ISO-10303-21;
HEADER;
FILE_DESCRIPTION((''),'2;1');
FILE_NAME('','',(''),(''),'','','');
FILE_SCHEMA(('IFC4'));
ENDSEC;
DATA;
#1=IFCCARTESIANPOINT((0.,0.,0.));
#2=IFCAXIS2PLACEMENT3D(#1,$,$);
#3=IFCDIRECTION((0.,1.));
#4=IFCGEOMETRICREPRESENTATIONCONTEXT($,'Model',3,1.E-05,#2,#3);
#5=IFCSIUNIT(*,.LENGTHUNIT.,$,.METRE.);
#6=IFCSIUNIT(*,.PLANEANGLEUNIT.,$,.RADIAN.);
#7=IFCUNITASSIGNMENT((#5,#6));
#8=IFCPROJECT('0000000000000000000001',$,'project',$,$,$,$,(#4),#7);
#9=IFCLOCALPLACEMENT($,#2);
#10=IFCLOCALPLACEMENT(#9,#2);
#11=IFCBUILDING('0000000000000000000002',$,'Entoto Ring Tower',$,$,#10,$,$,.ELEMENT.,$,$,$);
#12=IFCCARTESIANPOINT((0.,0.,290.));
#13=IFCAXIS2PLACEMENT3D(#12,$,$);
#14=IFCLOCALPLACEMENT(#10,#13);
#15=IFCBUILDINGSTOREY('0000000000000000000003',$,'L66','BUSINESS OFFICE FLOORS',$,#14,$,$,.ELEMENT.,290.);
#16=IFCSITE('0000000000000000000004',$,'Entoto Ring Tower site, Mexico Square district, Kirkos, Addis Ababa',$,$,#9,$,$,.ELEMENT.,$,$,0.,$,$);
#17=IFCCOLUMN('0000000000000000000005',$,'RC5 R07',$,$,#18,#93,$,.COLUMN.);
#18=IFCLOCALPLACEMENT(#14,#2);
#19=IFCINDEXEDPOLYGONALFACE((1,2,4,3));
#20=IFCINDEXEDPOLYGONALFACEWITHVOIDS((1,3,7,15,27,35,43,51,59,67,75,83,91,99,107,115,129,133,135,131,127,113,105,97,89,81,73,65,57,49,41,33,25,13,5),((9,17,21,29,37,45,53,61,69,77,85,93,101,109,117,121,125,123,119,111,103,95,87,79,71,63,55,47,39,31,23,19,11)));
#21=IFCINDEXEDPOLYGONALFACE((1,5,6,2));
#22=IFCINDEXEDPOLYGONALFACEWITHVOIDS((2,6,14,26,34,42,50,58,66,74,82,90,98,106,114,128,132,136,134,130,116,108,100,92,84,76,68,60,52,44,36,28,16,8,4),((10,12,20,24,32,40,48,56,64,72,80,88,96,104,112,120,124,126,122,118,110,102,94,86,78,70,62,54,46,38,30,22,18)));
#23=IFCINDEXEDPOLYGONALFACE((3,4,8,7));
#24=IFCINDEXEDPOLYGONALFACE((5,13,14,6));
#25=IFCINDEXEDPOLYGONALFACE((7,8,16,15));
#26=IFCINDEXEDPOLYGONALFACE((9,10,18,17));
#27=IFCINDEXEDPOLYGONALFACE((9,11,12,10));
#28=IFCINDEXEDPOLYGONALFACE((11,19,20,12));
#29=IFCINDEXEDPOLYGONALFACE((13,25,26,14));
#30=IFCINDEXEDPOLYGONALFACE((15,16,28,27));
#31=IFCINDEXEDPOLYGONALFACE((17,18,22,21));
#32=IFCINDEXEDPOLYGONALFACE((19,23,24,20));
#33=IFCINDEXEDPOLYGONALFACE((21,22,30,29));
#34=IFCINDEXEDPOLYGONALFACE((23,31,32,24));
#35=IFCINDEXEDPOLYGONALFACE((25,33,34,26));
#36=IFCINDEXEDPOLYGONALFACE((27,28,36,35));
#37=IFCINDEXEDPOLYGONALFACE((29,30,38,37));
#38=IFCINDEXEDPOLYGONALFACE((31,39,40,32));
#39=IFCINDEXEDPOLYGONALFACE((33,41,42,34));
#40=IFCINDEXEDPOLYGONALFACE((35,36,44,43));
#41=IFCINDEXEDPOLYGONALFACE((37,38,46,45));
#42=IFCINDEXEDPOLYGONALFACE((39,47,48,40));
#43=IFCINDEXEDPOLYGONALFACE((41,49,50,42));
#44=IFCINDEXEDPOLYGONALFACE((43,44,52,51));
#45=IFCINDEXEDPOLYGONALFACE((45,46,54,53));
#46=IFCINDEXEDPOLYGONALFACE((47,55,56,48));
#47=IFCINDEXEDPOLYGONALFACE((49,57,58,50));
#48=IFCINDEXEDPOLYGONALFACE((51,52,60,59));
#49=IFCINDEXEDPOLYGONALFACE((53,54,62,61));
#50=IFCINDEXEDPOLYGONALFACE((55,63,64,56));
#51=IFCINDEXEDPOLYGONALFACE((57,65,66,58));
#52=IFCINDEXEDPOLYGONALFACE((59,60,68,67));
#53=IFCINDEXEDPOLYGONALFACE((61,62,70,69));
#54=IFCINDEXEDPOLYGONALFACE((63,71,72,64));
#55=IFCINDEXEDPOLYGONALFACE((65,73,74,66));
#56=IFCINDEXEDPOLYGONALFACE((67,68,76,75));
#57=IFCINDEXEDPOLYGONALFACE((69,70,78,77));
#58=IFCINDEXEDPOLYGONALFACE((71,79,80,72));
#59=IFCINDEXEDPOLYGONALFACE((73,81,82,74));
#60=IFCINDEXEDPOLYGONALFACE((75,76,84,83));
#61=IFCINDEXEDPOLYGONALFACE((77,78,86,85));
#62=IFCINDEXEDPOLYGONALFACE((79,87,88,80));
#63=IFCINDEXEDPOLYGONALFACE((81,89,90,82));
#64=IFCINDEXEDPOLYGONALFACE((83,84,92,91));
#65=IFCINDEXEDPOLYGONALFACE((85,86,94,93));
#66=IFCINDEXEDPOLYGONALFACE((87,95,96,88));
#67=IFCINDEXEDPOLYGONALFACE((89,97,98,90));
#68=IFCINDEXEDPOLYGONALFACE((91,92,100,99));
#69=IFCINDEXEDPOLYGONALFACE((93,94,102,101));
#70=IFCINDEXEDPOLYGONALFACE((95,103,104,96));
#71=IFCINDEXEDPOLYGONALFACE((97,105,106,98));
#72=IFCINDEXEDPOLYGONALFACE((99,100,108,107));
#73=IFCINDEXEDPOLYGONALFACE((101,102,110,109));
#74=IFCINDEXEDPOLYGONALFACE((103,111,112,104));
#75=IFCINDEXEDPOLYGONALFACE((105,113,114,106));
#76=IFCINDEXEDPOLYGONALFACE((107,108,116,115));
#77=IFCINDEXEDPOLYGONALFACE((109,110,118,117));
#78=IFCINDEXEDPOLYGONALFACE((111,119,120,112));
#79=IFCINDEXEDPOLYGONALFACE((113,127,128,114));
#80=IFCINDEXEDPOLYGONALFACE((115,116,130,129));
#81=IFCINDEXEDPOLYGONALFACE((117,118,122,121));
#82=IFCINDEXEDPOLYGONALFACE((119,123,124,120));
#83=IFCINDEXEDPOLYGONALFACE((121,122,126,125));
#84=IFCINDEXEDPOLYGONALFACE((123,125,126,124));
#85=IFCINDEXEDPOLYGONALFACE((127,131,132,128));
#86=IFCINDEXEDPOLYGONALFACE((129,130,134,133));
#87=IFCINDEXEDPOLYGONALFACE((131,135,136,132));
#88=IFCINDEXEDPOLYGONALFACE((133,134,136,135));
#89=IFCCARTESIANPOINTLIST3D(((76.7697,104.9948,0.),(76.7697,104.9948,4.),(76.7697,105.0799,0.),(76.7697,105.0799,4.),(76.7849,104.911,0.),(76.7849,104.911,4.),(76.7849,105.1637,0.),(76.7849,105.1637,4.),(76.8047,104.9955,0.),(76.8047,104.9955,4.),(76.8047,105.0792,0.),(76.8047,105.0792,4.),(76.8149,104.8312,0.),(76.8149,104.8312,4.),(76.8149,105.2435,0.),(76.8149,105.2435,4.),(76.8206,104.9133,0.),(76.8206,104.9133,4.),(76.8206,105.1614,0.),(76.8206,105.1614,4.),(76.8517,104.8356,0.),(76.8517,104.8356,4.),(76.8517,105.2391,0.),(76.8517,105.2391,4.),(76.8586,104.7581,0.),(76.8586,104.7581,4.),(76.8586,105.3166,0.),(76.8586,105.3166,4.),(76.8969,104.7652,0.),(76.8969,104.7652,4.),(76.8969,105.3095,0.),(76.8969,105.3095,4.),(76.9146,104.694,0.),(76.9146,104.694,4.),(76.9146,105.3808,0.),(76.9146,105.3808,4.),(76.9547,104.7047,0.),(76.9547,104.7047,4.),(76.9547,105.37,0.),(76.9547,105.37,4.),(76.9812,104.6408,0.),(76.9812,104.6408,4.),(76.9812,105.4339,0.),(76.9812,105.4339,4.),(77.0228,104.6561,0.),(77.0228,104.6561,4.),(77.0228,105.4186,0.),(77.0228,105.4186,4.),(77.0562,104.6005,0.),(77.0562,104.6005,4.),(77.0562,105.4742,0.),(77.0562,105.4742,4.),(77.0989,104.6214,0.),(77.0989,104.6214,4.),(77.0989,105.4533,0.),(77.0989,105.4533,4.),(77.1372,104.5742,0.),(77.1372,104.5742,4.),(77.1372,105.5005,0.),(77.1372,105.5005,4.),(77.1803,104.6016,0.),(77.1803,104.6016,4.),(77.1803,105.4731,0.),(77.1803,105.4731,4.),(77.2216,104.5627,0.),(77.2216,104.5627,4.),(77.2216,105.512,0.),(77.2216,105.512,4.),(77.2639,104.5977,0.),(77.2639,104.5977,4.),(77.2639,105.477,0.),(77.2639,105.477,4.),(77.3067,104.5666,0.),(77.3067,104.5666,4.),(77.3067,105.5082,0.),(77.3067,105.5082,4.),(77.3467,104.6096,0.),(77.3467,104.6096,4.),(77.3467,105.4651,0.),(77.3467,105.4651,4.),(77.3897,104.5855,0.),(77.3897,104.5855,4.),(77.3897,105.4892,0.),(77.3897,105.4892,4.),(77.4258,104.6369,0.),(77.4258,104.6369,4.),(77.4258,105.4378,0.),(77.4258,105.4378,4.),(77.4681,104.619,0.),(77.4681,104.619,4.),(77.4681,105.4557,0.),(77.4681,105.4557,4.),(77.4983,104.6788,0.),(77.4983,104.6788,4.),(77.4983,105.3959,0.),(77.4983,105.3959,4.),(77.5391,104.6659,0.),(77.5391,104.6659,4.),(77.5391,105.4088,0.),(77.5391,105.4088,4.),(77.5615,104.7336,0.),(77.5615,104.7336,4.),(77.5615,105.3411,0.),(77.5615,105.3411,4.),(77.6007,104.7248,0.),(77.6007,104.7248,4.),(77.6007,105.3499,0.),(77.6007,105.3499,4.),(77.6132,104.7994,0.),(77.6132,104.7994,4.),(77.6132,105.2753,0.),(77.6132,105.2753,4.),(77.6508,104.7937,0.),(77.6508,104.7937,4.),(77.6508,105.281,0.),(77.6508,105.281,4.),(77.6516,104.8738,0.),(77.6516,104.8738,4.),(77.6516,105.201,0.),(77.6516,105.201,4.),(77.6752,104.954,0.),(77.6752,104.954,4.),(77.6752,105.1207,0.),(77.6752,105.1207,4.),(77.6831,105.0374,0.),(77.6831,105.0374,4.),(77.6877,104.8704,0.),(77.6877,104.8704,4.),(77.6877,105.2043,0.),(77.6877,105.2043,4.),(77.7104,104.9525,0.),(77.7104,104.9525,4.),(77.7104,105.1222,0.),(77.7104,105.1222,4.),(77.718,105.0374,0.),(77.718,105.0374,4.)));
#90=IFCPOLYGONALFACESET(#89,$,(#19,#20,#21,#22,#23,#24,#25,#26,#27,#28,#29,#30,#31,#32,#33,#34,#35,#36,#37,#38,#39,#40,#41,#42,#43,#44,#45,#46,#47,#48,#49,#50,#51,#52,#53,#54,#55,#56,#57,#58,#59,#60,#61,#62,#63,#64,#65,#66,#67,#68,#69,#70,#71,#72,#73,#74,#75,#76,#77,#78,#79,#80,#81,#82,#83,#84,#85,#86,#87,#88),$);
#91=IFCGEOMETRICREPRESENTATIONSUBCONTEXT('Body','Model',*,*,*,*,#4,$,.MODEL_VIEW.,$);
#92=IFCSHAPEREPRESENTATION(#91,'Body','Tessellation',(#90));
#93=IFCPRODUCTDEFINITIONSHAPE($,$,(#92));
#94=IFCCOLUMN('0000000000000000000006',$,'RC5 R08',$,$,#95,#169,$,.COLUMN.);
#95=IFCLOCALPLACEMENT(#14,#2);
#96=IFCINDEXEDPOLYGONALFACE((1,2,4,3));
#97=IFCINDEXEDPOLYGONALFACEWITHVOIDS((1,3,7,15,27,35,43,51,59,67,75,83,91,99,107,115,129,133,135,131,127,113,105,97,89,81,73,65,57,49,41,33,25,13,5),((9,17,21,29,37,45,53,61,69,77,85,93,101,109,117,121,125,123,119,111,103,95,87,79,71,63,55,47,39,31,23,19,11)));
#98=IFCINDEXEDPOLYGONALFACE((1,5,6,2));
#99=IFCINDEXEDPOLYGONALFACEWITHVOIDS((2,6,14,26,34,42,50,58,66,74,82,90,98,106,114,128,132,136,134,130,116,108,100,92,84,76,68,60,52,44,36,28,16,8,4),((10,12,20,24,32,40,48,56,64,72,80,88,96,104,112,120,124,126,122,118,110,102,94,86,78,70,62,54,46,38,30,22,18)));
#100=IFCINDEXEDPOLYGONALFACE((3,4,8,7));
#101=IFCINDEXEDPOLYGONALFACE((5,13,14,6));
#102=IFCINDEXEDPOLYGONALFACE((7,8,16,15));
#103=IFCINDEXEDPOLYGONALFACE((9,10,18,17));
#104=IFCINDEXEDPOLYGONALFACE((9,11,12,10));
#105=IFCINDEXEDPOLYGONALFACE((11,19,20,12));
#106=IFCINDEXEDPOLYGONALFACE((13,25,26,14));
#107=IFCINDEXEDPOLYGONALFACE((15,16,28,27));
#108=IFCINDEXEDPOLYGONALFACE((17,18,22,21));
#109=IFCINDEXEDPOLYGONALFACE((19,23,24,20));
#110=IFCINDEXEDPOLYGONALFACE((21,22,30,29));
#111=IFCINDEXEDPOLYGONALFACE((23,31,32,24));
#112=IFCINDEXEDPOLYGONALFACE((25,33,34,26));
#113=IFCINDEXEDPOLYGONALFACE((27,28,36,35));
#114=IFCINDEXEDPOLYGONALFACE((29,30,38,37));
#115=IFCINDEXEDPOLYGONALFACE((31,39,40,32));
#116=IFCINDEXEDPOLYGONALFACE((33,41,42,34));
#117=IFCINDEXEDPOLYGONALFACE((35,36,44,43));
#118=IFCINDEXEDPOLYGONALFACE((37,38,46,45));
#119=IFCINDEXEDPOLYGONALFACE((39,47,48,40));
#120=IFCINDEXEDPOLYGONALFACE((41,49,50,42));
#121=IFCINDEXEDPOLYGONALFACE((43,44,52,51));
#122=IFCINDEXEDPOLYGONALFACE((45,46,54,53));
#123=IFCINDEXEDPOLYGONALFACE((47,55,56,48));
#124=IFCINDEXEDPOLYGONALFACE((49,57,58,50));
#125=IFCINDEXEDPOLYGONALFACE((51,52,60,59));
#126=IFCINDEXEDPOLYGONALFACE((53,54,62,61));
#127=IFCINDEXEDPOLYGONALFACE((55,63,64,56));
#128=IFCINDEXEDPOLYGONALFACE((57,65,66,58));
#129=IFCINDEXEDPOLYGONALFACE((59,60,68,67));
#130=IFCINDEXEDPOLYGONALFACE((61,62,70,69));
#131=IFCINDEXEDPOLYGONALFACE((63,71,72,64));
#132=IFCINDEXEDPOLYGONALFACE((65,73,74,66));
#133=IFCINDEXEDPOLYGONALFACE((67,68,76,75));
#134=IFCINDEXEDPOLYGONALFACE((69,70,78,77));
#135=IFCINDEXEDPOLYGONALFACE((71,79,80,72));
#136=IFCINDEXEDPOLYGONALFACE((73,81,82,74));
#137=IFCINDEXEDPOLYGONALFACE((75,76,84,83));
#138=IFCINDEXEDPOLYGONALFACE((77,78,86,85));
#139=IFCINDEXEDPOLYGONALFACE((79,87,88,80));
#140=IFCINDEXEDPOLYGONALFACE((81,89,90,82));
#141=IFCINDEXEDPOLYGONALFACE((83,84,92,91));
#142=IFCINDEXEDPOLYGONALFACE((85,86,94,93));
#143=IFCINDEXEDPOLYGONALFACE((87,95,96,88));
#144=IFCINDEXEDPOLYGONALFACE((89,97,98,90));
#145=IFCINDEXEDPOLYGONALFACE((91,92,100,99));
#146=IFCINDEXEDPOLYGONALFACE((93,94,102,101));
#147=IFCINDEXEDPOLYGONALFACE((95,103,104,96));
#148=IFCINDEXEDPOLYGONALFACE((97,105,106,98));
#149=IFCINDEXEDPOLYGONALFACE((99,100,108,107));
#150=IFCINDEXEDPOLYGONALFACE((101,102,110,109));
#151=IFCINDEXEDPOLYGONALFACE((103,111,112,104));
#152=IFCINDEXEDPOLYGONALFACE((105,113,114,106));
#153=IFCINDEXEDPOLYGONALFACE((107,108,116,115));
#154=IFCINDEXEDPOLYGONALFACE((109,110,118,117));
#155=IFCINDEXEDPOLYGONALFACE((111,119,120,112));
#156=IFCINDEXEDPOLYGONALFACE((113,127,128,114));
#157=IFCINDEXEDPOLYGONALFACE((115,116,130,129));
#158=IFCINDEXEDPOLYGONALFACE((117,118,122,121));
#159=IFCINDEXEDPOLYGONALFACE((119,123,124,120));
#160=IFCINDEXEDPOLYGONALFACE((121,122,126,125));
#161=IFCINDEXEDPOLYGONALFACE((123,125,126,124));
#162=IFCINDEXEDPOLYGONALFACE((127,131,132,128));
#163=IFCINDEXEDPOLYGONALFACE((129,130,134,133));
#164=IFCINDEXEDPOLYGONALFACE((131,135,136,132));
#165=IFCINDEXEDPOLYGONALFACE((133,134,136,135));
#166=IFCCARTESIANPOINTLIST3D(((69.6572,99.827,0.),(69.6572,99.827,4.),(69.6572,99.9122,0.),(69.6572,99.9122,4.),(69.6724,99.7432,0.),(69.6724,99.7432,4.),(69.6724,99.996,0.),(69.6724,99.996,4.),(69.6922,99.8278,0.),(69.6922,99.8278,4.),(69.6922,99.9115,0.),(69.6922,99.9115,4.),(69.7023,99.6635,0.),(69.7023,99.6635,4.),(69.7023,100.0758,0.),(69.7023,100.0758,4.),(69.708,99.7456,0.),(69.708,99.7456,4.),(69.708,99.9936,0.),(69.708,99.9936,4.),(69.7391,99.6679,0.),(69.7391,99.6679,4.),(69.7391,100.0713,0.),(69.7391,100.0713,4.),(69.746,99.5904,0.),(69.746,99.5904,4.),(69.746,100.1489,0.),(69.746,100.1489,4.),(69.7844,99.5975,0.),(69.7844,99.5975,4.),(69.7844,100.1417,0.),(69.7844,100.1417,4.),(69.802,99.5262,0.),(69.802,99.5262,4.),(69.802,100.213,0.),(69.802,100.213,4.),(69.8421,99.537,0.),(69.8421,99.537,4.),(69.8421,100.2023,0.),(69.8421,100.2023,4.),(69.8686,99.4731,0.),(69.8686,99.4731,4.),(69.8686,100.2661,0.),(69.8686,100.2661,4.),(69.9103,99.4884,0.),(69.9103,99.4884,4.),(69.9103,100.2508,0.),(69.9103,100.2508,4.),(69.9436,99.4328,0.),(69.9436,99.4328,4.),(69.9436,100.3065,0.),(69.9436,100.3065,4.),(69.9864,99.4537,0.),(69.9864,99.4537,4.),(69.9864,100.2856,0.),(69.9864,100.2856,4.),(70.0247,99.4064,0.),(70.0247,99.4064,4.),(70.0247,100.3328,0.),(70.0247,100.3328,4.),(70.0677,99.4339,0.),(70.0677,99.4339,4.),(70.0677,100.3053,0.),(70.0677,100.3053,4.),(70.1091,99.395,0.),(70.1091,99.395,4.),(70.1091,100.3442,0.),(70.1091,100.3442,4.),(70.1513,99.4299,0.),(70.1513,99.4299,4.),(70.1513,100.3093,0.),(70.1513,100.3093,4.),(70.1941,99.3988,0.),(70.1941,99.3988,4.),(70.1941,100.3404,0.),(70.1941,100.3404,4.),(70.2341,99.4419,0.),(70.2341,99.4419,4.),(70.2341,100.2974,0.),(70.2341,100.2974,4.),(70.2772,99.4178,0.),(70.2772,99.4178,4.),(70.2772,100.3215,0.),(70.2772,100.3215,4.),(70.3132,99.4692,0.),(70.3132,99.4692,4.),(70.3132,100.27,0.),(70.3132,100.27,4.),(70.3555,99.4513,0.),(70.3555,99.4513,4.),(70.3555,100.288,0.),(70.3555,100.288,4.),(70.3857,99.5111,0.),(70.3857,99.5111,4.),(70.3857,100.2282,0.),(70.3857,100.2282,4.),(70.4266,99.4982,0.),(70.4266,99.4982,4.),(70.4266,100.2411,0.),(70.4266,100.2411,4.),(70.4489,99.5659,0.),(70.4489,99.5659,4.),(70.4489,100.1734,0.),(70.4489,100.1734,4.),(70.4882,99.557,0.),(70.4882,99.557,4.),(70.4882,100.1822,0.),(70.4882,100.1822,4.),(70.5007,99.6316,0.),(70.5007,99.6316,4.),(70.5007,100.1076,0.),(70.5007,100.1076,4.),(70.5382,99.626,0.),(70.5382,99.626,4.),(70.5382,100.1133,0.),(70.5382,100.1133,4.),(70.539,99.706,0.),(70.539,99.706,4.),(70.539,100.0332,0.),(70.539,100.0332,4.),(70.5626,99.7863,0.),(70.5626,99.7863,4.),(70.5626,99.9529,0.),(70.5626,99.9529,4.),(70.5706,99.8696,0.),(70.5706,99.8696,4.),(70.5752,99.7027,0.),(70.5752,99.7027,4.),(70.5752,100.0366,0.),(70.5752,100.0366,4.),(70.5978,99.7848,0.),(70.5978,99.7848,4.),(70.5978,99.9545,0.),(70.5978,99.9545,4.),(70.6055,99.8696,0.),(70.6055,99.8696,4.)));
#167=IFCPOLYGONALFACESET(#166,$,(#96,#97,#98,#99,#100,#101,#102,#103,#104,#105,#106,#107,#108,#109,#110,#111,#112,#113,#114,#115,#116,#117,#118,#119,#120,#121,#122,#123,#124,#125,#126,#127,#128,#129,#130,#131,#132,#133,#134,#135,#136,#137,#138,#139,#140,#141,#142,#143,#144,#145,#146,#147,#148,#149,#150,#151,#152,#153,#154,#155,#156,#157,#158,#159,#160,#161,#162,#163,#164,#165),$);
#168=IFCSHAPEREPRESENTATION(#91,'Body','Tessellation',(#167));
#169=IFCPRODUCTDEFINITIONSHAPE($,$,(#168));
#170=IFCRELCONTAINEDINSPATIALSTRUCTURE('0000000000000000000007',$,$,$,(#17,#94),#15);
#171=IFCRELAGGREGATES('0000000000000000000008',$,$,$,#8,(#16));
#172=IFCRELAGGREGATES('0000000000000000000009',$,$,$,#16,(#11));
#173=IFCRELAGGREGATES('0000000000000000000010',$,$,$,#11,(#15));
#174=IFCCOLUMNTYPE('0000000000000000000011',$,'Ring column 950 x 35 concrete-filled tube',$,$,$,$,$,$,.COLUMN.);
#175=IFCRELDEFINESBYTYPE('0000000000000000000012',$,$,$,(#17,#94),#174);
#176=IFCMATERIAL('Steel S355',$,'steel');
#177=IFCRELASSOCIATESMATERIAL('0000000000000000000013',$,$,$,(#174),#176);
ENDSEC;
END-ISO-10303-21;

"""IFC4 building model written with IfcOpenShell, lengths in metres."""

from ifc_helpers import new_model, si_unit, direction, frame, origin, origin_2d, place, context, subcontext, project, spatial, circle, hollow_circle, extrude, material, material_profile, profile_set, type_object, element, save


model = new_model("IFC4")

# Units and contexts
model_context = context("Model", 3, precision=1e-05, world=origin(), true_north=direction((0.0, 1.0)))
body_context = subcontext(model_context, "Body", "Model", "MODEL_VIEW")
ifc_project = project(units=[si_unit("LENGTHUNIT", "METRE"), si_unit("PLANEANGLEUNIT", "RADIAN")], contexts=[model_context])

# Site, building, storey
site_placement = place(None, origin())
site = spatial("IfcSite", under=ifc_project, at=site_placement, Name="Entoto Ring Tower site, Mexico Square district, Kirkos, Addis Ababa", CompositionType="ELEMENT", RefElevation=0.0)
building_placement = place(site_placement, origin())
building = spatial("IfcBuilding", under=site, at=building_placement, Name="Entoto Ring Tower", CompositionType="ELEMENT")
storey_placement = place(building_placement, frame((0.0, 0.0, 290.0)))
storey = spatial("IfcBuildingStorey", under=building, at=storey_placement, Name="L66", Description="BUSINESS OFFICE FLOORS", CompositionType="ELEMENT", Elevation=290.0)

# Columns
ifc_material_1 = material(Name="Steel S355", Category="steel")
ifc_material_profile_1 = material_profile(ifc_material_1, hollow_circle(Radius=0.4751, WallThickness=0.0349, at=origin_2d()), Name="CHS 950 x 35")
ifc_material_2 = material(Name="Concrete C60/75", Category="concrete")
ifc_material_profile_2 = material_profile(ifc_material_2, circle(Radius=0.4399, at=origin_2d()), Name="Concrete C60/75 infill")
ifc_profile_set_1 = profile_set([ifc_material_profile_1, ifc_material_profile_2], Name="Steel S355")
column_type = type_object("IfcColumnType", Name="Ring column 950 x 35 concrete-filled tube", PredefinedType="COLUMN", material=ifc_profile_set_1)
for number, where, z_axis, x_axis, name in (
    (1, (77.2429, 105.0374, 0.0), (0.0, 0.0, 1.0), (1.0, 0.0, 0.0), "RC5 R07"),
    (2, (70.1304, 99.8696, 0.0), (0.0, 0.0, 1.0), (1.0, 0.0, 0.0), "RC5 R08"),
):
    element("IfcColumn", number, at=place(storey_placement, frame(where, z_axis=z_axis, x_axis=x_axis)), inside=storey, type_object=column_type, Name=name, PredefinedType="COLUMN", context=body_context, shape_type="SweptSolid", body=[
        extrude(hollow_circle(Radius=0.4751, WallThickness=0.0349, at=origin_2d()), origin(), (0.0, 0.0, 1.0), 4.0),
    ])

save(model, "model.ifc")
